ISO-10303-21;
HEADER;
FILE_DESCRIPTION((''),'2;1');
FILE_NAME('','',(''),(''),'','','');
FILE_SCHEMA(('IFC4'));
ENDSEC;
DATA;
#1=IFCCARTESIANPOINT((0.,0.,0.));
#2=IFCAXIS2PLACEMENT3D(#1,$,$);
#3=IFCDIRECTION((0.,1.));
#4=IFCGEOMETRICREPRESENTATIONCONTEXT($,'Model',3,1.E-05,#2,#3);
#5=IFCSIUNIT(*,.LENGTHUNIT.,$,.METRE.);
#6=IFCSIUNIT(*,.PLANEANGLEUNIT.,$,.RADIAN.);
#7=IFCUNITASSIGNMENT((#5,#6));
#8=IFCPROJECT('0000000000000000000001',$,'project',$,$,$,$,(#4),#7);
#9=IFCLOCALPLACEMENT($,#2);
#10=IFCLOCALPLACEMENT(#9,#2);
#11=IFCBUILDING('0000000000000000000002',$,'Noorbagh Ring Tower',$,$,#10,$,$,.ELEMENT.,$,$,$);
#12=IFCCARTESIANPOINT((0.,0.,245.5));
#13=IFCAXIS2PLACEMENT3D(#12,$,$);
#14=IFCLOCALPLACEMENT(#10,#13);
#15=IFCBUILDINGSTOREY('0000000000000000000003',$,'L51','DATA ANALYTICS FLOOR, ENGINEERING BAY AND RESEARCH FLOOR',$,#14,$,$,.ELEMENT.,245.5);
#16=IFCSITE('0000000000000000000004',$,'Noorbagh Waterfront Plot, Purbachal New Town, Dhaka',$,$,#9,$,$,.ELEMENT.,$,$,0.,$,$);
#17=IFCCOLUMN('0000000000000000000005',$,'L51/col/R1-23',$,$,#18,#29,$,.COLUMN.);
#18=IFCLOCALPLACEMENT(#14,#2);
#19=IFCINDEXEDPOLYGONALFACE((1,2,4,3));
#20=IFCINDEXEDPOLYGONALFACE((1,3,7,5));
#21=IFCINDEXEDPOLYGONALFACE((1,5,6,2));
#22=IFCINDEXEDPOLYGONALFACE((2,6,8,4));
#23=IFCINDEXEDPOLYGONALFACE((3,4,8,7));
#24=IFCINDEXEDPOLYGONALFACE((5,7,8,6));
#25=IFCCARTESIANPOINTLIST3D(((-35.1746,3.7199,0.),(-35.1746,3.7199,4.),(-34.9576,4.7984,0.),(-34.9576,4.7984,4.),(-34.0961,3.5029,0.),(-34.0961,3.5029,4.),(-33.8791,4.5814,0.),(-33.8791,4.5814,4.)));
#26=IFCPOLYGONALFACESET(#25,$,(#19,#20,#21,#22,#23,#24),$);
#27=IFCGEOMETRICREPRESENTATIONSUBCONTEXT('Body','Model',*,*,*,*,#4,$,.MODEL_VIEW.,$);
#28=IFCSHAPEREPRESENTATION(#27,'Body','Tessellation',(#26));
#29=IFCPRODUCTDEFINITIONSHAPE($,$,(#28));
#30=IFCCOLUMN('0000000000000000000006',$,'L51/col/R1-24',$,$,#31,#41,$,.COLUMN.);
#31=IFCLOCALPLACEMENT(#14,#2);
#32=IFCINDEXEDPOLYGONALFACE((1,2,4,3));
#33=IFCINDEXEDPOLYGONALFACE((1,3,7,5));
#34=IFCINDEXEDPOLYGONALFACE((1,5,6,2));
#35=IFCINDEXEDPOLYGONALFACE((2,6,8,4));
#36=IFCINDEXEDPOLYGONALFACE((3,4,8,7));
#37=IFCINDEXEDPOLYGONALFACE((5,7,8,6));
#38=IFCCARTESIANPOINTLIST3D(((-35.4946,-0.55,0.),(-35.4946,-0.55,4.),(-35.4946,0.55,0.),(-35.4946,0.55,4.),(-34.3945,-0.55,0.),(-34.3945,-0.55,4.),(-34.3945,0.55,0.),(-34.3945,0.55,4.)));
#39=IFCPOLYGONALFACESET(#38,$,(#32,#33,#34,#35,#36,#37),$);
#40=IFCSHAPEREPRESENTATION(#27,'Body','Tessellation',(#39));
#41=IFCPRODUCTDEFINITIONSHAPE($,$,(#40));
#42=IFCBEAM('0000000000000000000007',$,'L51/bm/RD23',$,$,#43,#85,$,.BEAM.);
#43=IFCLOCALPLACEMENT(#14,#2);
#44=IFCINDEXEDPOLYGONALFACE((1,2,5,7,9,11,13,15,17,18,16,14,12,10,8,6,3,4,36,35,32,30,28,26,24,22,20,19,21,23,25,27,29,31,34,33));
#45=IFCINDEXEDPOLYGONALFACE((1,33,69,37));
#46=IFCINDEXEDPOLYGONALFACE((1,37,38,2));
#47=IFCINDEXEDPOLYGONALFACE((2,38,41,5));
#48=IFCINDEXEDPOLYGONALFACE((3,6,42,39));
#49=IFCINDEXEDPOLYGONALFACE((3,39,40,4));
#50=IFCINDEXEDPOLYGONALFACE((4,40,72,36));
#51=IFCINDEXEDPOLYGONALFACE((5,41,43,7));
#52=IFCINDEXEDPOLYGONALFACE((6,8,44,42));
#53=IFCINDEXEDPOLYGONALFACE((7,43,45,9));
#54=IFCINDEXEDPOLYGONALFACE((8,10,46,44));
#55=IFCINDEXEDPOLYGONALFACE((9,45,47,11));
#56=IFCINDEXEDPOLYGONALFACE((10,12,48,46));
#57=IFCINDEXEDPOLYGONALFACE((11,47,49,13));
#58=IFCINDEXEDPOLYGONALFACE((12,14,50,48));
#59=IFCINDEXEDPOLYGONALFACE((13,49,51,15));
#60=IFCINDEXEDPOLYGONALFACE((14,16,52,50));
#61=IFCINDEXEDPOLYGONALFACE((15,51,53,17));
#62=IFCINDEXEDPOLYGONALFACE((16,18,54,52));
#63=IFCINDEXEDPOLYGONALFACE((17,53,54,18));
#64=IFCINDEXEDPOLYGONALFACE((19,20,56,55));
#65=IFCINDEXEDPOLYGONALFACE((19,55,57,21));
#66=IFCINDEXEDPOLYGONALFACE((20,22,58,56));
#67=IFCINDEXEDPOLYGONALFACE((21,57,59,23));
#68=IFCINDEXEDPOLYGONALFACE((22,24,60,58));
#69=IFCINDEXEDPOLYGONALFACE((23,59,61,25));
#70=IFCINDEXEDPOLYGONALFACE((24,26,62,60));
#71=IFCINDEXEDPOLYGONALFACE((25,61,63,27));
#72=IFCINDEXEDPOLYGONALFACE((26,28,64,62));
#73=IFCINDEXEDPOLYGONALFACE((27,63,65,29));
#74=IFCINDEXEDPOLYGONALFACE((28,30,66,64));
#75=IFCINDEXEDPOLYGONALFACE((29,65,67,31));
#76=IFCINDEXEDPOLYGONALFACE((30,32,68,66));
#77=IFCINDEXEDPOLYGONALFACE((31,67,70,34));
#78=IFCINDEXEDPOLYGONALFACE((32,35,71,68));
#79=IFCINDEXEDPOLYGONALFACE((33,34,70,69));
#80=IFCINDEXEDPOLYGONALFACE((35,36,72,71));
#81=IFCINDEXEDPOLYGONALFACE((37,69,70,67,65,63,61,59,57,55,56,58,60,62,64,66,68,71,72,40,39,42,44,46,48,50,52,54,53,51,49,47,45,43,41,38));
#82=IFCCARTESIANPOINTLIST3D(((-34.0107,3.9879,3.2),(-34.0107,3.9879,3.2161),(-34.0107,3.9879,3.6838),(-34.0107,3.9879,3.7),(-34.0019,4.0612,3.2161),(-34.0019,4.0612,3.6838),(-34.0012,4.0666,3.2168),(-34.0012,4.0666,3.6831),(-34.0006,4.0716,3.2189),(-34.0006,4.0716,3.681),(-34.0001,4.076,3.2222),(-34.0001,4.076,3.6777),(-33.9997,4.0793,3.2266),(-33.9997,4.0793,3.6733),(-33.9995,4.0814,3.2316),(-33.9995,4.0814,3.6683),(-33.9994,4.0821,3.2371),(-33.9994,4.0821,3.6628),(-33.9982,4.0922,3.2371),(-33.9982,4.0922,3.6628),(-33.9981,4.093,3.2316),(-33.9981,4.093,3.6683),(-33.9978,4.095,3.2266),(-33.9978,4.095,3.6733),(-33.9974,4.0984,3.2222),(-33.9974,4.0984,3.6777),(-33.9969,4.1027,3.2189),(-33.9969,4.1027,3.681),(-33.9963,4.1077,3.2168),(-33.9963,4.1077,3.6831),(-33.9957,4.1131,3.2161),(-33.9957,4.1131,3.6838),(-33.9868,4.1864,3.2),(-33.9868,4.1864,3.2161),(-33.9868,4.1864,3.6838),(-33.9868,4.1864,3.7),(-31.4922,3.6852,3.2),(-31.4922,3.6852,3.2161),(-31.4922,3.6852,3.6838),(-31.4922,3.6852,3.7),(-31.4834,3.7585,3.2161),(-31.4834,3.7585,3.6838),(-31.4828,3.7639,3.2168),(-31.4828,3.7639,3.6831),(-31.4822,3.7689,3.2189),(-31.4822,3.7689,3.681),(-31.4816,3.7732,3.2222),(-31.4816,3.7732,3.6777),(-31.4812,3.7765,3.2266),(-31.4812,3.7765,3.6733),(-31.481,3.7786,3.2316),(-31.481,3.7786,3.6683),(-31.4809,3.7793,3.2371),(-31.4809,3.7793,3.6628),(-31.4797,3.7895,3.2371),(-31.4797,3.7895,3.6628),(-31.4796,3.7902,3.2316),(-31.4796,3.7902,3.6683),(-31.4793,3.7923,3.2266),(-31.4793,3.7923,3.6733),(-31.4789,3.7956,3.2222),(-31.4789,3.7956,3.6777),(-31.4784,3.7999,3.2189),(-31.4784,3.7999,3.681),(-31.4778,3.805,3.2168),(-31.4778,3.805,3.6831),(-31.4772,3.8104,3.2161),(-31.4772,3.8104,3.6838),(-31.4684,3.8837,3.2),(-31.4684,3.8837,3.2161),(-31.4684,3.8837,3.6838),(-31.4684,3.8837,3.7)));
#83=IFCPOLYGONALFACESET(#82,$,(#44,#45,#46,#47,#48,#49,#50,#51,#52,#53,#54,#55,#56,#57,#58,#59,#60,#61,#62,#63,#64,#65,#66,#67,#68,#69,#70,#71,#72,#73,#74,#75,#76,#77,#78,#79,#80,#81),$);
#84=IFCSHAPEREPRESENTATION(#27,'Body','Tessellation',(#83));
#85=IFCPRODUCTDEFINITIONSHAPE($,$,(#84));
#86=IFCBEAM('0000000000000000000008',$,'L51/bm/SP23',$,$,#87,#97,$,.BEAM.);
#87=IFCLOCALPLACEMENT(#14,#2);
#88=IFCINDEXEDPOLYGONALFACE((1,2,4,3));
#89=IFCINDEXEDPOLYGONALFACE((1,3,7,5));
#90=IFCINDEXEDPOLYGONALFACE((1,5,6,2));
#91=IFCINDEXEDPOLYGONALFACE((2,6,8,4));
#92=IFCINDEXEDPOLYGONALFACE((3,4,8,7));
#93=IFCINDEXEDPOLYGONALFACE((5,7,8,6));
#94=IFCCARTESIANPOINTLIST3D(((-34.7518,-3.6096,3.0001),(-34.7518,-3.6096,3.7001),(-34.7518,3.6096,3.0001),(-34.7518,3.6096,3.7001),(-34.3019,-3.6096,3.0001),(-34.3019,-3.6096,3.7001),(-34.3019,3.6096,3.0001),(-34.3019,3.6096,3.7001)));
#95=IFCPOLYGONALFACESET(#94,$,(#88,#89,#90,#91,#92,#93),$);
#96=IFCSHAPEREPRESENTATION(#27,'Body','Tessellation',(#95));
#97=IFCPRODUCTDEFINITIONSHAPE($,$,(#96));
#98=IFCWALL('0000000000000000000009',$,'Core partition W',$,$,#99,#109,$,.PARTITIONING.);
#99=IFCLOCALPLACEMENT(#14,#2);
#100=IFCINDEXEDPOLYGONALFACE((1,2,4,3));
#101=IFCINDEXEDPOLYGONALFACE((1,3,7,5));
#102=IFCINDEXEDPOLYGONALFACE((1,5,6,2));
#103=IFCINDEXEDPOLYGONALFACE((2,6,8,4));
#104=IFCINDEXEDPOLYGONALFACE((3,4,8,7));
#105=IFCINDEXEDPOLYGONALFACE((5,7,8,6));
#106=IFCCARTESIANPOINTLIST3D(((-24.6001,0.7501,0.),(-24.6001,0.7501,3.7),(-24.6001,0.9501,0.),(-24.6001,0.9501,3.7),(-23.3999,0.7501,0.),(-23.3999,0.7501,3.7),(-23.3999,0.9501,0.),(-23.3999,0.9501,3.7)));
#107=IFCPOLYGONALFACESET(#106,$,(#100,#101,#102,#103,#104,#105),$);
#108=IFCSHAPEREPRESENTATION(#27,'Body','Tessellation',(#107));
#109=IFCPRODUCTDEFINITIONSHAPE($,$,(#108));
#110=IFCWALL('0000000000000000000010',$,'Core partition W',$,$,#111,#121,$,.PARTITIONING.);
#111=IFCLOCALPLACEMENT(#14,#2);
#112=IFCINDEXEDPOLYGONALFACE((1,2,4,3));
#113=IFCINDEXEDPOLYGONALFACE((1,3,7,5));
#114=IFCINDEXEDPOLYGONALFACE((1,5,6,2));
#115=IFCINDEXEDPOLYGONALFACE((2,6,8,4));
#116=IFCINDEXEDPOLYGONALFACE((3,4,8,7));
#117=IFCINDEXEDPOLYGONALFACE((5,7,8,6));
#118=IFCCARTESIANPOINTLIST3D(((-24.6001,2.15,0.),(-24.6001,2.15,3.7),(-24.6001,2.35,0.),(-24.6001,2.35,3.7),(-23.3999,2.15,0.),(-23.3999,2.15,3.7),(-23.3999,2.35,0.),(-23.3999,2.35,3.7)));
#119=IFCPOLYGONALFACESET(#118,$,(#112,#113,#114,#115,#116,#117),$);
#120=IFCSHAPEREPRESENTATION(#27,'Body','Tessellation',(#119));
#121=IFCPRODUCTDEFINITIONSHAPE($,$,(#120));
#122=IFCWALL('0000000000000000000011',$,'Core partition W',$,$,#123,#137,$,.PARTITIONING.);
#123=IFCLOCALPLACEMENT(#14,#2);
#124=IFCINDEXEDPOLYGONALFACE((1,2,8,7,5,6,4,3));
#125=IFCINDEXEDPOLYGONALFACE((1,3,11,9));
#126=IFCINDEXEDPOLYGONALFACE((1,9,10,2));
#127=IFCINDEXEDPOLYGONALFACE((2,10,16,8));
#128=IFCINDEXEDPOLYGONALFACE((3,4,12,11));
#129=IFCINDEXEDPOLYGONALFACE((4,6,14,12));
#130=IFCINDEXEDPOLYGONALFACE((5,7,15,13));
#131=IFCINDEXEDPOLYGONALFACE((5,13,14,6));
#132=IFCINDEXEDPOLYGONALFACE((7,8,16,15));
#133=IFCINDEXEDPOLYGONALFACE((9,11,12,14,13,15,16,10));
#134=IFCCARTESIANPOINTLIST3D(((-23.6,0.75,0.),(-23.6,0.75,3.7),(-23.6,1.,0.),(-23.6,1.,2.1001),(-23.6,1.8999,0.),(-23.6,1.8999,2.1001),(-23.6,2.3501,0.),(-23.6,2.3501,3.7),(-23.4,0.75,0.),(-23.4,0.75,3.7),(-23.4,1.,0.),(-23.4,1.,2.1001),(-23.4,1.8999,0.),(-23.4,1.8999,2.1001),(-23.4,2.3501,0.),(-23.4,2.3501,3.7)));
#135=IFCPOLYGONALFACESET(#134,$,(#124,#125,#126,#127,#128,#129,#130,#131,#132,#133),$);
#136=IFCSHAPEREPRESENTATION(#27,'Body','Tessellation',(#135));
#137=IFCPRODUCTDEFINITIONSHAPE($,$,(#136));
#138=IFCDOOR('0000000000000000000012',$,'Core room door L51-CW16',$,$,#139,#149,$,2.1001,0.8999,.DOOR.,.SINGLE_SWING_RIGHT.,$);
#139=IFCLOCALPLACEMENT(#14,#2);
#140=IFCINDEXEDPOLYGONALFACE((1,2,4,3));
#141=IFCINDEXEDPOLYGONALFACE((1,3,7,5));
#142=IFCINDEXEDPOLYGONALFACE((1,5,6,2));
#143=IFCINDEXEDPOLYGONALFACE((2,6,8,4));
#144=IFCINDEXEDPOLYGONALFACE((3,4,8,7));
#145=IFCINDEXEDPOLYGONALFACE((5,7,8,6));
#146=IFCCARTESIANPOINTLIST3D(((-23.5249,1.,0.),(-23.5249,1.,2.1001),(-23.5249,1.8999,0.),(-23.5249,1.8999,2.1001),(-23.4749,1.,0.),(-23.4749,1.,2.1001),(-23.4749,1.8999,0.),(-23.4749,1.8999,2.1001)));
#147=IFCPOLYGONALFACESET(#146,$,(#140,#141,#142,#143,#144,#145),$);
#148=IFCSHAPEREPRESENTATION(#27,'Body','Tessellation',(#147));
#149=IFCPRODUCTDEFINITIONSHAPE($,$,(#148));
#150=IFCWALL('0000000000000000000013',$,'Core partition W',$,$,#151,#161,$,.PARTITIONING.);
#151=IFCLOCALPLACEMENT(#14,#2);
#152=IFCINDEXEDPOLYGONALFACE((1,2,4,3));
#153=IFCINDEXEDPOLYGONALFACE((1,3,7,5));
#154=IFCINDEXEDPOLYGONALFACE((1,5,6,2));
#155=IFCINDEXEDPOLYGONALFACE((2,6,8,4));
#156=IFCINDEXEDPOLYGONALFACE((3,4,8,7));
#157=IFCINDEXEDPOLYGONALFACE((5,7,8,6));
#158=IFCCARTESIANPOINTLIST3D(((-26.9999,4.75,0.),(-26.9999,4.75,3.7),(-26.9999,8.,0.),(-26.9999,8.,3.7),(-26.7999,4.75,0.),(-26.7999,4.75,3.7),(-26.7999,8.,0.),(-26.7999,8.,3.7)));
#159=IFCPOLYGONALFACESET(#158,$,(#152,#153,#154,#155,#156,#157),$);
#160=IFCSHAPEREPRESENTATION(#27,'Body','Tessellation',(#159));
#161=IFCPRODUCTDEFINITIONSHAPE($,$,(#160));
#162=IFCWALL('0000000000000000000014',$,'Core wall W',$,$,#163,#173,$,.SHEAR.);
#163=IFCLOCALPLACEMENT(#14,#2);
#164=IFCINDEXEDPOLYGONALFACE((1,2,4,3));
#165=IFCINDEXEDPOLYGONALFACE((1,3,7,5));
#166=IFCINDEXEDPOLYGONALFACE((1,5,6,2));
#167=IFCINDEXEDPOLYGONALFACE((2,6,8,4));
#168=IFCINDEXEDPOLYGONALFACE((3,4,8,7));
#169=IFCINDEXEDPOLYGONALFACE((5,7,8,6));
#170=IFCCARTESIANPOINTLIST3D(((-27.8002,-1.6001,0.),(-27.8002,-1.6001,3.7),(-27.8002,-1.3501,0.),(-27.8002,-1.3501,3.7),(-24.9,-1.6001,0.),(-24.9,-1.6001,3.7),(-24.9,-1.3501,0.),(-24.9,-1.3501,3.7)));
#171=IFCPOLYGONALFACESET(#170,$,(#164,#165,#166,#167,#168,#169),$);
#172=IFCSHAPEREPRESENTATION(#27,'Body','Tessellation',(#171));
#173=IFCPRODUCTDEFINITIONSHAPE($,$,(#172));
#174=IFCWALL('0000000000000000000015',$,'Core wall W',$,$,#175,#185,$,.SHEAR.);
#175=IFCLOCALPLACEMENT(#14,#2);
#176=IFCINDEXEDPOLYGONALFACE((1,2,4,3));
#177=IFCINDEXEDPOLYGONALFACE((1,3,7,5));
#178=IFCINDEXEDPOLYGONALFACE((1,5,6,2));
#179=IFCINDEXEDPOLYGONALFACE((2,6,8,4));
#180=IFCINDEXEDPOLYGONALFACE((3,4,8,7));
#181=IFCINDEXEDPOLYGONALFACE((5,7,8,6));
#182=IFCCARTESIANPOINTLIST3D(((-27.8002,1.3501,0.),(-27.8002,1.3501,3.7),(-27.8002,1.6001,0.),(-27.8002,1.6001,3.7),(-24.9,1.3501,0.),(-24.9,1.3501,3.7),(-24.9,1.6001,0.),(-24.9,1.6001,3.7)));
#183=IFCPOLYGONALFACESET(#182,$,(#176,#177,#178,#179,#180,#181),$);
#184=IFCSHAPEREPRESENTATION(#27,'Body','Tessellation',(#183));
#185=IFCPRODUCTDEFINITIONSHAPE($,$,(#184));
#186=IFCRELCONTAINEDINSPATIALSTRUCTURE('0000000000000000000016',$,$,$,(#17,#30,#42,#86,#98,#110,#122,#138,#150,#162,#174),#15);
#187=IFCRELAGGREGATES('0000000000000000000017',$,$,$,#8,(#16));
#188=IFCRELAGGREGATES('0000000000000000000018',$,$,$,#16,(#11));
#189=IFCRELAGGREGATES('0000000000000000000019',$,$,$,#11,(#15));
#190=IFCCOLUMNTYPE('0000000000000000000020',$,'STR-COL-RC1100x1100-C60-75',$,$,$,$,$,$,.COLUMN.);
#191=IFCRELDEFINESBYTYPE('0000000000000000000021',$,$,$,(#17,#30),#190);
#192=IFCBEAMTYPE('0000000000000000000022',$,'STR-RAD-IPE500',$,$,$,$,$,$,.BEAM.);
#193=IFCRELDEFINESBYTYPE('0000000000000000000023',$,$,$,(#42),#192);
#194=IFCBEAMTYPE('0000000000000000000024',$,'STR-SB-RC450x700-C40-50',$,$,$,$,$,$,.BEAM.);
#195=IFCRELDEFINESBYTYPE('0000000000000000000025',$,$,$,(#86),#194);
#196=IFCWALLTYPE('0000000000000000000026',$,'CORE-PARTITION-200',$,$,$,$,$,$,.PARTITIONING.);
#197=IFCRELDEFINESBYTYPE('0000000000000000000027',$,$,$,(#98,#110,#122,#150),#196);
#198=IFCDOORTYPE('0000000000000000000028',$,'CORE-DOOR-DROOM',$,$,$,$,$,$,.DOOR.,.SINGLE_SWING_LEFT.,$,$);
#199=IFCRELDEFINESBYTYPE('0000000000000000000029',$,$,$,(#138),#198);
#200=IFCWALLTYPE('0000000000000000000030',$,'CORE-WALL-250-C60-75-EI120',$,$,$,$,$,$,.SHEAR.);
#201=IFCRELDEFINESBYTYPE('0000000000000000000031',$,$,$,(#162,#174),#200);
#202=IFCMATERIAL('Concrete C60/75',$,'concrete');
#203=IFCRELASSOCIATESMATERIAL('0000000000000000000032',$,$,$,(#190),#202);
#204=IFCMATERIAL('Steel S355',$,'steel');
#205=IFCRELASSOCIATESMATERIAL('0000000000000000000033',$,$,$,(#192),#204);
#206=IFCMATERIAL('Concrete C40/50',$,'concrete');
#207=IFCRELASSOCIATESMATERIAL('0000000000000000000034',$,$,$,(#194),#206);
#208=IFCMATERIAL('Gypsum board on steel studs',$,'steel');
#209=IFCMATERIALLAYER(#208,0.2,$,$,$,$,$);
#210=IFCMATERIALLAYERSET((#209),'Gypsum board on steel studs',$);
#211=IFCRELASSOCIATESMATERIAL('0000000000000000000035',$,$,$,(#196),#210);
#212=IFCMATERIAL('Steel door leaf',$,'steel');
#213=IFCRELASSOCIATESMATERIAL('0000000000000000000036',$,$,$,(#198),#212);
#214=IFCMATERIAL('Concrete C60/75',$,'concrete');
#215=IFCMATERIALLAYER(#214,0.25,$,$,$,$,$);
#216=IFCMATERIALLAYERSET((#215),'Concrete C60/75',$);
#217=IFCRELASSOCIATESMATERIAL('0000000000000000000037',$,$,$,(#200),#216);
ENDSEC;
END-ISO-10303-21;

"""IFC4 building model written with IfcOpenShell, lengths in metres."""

from ifc_helpers import new_model, si_unit, direction, frame, frame_2d, origin, origin_2d, place, context, subcontext, project, spatial, rectangle, i_section, extrude, material, layer, layer_set, material_profile, profile_set, type_object, element, fill, save


model = new_model("IFC4")

# Units and contexts
model_context = context("Model", 3, precision=1e-05, world=origin(), true_north=direction((0.0, 1.0)))
body_context = subcontext(model_context, "Body", "Model", "MODEL_VIEW")
ifc_project = project(units=[si_unit("LENGTHUNIT", "METRE"), si_unit("PLANEANGLEUNIT", "RADIAN")], contexts=[model_context])

# Site, building, storey
site_placement = place(None, origin())
site = spatial("IfcSite", under=ifc_project, at=site_placement, Name="Noorbagh Waterfront Plot, Purbachal New Town, Dhaka", CompositionType="ELEMENT", RefElevation=0.0)
building_placement = place(site_placement, origin())
building = spatial("IfcBuilding", under=site, at=building_placement, Name="Noorbagh Ring Tower", CompositionType="ELEMENT")
storey_placement = place(building_placement, frame((0.0, 0.0, 245.5)))
storey = spatial("IfcBuildingStorey", under=building, at=storey_placement, Name="L51", Description="DATA ANALYTICS FLOOR, ENGINEERING BAY AND RESEARCH FLOOR", CompositionType="ELEMENT", Elevation=245.5)

# Columns
ifc_material_1 = material(Name="Concrete C60/75", Category="concrete")
ifc_material_profile_1 = material_profile(ifc_material_1, rectangle(XDim=1.1001, YDim=1.1001, at=origin_2d()), Name="RC1100x1100")
ifc_profile_set_1 = profile_set([ifc_material_profile_1], Name="Concrete C60/75")
column_type = type_object("IfcColumnType", Name="STR-COL-RC1100x1100-C60-75", PredefinedType="COLUMN", material=ifc_profile_set_1)
for number, where, z_axis, x_axis, name in (
    (1, (-34.5269, 4.1506, 0.0), (0.0, 0.0, 1.0), (-0.19723, -0.980357, 0.0), "L51/col/R1-23"),
    (2, (-34.9446, 0.0, 0.0), (0.0, 0.0, 1.0), (0.0, -1.0, 0.0), "L51/col/R1-24"),
):
    element("IfcColumn", number, at=place(storey_placement, frame(where, z_axis=z_axis, x_axis=x_axis)), inside=storey, type_object=column_type, Name=name, PredefinedType="COLUMN", context=body_context, shape_type="SweptSolid", body=[
        extrude(rectangle(XDim=1.1001, YDim=1.1001, at=origin_2d()), origin(), (0.0, 0.0, 1.0), 4.0),
    ])

# Beams
ifc_material_2 = material(Name="Steel S355", Category="steel")
ifc_material_profile_2 = material_profile(ifc_material_2, i_section(OverallWidth=0.2, OverallDepth=0.5, WebThickness=0.0103, FlangeThickness=0.0161, FilletRadius=0.021, at=origin_2d()), Name="IPE500")
ifc_profile_set_2 = profile_set([ifc_material_profile_2], Name="Steel S355")
beam_type_1 = type_object("IfcBeamType", Name="STR-RAD-IPE500", PredefinedType="BEAM", material=ifc_profile_set_2)
beam_1_placement = place(storey_placement, frame((-33.9988, 4.0872, 3.45), z_axis=(0.992853, -0.119343, 0.0), x_axis=(0.119343, 0.992853, 0.0)))
element("IfcBeam", 3, at=beam_1_placement, inside=storey, type_object=beam_type_1, Name="L51/bm/RD23", PredefinedType="BEAM", context=body_context, shape_type="SweptSolid", body=[
    extrude(i_section(OverallWidth=0.2, OverallDepth=0.5, WebThickness=0.0103, FlangeThickness=0.0161, FilletRadius=0.021, at=origin_2d()), origin(), (0.0, 0.0, 1.0), 2.5366),
])
ifc_material_3 = material(Name="Concrete C40/50", Category="concrete")
ifc_material_profile_3 = material_profile(ifc_material_3, rectangle(XDim=0.45, YDim=0.7, at=origin_2d()), Name="RC450x700")
ifc_profile_set_3 = profile_set([ifc_material_profile_3], Name="Concrete C40/50")
beam_type_2 = type_object("IfcBeamType", Name="STR-SB-RC450x700-C40-50", PredefinedType="BEAM", material=ifc_profile_set_3)
beam_2_placement = place(storey_placement, frame((-34.5269, 3.6096, 3.3501), z_axis=(0.0, -1.0, 0.0), x_axis=(1.0, 0.0, 0.0)))
element("IfcBeam", 4, at=beam_2_placement, inside=storey, type_object=beam_type_2, Name="L51/bm/SP23", PredefinedType="BEAM", context=body_context, shape_type="SweptSolid", body=[
    extrude(rectangle(XDim=0.45, YDim=0.7, at=origin_2d()), origin(), (0.0, 0.0, 1.0), 7.2192),
])

# Walls
ifc_material_4 = material(Name="Gypsum board on steel studs", Category="steel")
ifc_layer_1 = layer(ifc_material_4, 0.2)
ifc_layer_set_1 = layer_set([ifc_layer_1], Name="Gypsum board on steel studs")
wall_type_1 = type_object("IfcWallType", Name="CORE-PARTITION-200", PredefinedType="PARTITIONING", material=ifc_layer_set_1)
for number, where, z_axis, x_axis, name in (
    (5, (-23.3999, 0.8501, 0.0), (0.0, 0.0, 1.0), (-1.0, 0.0, 0.0), "Core partition W"),
    (6, (-23.3999, 2.25, 0.0), (0.0, 0.0, 1.0), (-1.0, 0.0, 0.0), "Core partition W"),
):
    element("IfcWall", number, at=place(storey_placement, frame(where, z_axis=z_axis, x_axis=x_axis)), inside=storey, type_object=wall_type_1, Name=name, PredefinedType="PARTITIONING", context=body_context, shape_type="SweptSolid", body=[
        extrude(rectangle(XDim=1.2002, YDim=0.2, at=frame_2d((0.6001, 0.0))), origin(), (0.0, 0.0, 1.0), 3.7),
    ])

# Wall, opening, door
wall_1_placement = place(storey_placement, frame((-23.5, 0.75, 0.0), z_axis=(0.0, 0.0, 1.0), x_axis=(0.0, 1.0, 0.0)))
wall_1 = element("IfcWall", 7, at=wall_1_placement, inside=storey, type_object=wall_type_1, Name="Core partition W", PredefinedType="PARTITIONING", context=body_context, shape_type="SweptSolid", body=[
    extrude(rectangle(XDim=1.6001, YDim=0.2, at=frame_2d((0.8, 0.0))), origin(), (0.0, 0.0, 1.0), 3.7),
])
opening_1_placement = place(wall_1_placement, frame((0.25, 0.0, 0.0)))
opening_1 = element("IfcOpeningElement", 8, at=opening_1_placement, cuts=wall_1, PredefinedType="OPENING", context=body_context, shape_type="SweptSolid", body=[
    extrude(rectangle(XDim=0.8999, YDim=2.1001, at=frame_2d((0.45, 1.05))), frame((0.0, 0.1099, 0.0), z_axis=(0.0, -1.0, 0.0), x_axis=(1.0, 0.0, 0.0)), (0.0, 0.0, 1.0), 0.22),
])
ifc_material_5 = material(Name="Steel door leaf", Category="steel")
door_type_1 = type_object("IfcDoorType", Name="CORE-DOOR-DROOM", OperationType="SINGLE_SWING_LEFT", PredefinedType="DOOR", material=ifc_material_5)
door_1_placement = place(opening_1_placement, origin())
door_1 = element("IfcDoor", 9, at=door_1_placement, inside=storey, type_object=door_type_1, Name="Core room door L51-CW16", OperationType="SINGLE_SWING_RIGHT", OverallHeight=2.1001, OverallWidth=0.8999, PredefinedType="DOOR", context=body_context, shape_type="SweptSolid", body=[
    extrude(rectangle(XDim=0.8999, YDim=2.1001, at=frame_2d((0.45, 1.05))), frame((0.0, 0.0249, 0.0), z_axis=(0.0, -1.0, 0.0), x_axis=(1.0, 0.0, 0.0)), (0.0, 0.0, 1.0), 0.05),
])
fill(opening_1, door_1)

# Walls
wall_2_placement = place(storey_placement, frame((-26.8999, 4.75, 0.0), z_axis=(0.0, 0.0, 1.0), x_axis=(0.0, 1.0, 0.0)))
element("IfcWall", 10, at=wall_2_placement, inside=storey, type_object=wall_type_1, Name="Core partition W", PredefinedType="PARTITIONING", context=body_context, shape_type="SweptSolid", body=[
    extrude(rectangle(XDim=3.25, YDim=0.2, at=frame_2d((1.625, 0.0))), origin(), (0.0, 0.0, 1.0), 3.7),
])
ifc_material_6 = material(Name="Concrete C60/75", Category="concrete")
ifc_layer_2 = layer(ifc_material_6, 0.25)
ifc_layer_set_2 = layer_set([ifc_layer_2], Name="Concrete C60/75")
wall_type_2 = type_object("IfcWallType", Name="CORE-WALL-250-C60-75-EI120", PredefinedType="SHEAR", material=ifc_layer_set_2)
for number, where, z_axis, x_axis, name in (
    (11, (-24.8999, -1.4751, 0.0), (0.0, 0.0, 1.0), (-1.0, 0.0, 0.0), "Core wall W"),
    (12, (-24.8999, 1.4751, 0.0), (0.0, 0.0, 1.0), (-1.0, 0.0, 0.0), "Core wall W"),
):
    element("IfcWall", number, at=place(storey_placement, frame(where, z_axis=z_axis, x_axis=x_axis)), inside=storey, type_object=wall_type_2, Name=name, PredefinedType="SHEAR", context=body_context, shape_type="SweptSolid", body=[
        extrude(rectangle(XDim=2.9001, YDim=0.25, at=frame_2d((1.4502, 0.0))), origin(), (0.0, 0.0, 1.0), 3.7),
    ])

save(model, "model.ifc")
